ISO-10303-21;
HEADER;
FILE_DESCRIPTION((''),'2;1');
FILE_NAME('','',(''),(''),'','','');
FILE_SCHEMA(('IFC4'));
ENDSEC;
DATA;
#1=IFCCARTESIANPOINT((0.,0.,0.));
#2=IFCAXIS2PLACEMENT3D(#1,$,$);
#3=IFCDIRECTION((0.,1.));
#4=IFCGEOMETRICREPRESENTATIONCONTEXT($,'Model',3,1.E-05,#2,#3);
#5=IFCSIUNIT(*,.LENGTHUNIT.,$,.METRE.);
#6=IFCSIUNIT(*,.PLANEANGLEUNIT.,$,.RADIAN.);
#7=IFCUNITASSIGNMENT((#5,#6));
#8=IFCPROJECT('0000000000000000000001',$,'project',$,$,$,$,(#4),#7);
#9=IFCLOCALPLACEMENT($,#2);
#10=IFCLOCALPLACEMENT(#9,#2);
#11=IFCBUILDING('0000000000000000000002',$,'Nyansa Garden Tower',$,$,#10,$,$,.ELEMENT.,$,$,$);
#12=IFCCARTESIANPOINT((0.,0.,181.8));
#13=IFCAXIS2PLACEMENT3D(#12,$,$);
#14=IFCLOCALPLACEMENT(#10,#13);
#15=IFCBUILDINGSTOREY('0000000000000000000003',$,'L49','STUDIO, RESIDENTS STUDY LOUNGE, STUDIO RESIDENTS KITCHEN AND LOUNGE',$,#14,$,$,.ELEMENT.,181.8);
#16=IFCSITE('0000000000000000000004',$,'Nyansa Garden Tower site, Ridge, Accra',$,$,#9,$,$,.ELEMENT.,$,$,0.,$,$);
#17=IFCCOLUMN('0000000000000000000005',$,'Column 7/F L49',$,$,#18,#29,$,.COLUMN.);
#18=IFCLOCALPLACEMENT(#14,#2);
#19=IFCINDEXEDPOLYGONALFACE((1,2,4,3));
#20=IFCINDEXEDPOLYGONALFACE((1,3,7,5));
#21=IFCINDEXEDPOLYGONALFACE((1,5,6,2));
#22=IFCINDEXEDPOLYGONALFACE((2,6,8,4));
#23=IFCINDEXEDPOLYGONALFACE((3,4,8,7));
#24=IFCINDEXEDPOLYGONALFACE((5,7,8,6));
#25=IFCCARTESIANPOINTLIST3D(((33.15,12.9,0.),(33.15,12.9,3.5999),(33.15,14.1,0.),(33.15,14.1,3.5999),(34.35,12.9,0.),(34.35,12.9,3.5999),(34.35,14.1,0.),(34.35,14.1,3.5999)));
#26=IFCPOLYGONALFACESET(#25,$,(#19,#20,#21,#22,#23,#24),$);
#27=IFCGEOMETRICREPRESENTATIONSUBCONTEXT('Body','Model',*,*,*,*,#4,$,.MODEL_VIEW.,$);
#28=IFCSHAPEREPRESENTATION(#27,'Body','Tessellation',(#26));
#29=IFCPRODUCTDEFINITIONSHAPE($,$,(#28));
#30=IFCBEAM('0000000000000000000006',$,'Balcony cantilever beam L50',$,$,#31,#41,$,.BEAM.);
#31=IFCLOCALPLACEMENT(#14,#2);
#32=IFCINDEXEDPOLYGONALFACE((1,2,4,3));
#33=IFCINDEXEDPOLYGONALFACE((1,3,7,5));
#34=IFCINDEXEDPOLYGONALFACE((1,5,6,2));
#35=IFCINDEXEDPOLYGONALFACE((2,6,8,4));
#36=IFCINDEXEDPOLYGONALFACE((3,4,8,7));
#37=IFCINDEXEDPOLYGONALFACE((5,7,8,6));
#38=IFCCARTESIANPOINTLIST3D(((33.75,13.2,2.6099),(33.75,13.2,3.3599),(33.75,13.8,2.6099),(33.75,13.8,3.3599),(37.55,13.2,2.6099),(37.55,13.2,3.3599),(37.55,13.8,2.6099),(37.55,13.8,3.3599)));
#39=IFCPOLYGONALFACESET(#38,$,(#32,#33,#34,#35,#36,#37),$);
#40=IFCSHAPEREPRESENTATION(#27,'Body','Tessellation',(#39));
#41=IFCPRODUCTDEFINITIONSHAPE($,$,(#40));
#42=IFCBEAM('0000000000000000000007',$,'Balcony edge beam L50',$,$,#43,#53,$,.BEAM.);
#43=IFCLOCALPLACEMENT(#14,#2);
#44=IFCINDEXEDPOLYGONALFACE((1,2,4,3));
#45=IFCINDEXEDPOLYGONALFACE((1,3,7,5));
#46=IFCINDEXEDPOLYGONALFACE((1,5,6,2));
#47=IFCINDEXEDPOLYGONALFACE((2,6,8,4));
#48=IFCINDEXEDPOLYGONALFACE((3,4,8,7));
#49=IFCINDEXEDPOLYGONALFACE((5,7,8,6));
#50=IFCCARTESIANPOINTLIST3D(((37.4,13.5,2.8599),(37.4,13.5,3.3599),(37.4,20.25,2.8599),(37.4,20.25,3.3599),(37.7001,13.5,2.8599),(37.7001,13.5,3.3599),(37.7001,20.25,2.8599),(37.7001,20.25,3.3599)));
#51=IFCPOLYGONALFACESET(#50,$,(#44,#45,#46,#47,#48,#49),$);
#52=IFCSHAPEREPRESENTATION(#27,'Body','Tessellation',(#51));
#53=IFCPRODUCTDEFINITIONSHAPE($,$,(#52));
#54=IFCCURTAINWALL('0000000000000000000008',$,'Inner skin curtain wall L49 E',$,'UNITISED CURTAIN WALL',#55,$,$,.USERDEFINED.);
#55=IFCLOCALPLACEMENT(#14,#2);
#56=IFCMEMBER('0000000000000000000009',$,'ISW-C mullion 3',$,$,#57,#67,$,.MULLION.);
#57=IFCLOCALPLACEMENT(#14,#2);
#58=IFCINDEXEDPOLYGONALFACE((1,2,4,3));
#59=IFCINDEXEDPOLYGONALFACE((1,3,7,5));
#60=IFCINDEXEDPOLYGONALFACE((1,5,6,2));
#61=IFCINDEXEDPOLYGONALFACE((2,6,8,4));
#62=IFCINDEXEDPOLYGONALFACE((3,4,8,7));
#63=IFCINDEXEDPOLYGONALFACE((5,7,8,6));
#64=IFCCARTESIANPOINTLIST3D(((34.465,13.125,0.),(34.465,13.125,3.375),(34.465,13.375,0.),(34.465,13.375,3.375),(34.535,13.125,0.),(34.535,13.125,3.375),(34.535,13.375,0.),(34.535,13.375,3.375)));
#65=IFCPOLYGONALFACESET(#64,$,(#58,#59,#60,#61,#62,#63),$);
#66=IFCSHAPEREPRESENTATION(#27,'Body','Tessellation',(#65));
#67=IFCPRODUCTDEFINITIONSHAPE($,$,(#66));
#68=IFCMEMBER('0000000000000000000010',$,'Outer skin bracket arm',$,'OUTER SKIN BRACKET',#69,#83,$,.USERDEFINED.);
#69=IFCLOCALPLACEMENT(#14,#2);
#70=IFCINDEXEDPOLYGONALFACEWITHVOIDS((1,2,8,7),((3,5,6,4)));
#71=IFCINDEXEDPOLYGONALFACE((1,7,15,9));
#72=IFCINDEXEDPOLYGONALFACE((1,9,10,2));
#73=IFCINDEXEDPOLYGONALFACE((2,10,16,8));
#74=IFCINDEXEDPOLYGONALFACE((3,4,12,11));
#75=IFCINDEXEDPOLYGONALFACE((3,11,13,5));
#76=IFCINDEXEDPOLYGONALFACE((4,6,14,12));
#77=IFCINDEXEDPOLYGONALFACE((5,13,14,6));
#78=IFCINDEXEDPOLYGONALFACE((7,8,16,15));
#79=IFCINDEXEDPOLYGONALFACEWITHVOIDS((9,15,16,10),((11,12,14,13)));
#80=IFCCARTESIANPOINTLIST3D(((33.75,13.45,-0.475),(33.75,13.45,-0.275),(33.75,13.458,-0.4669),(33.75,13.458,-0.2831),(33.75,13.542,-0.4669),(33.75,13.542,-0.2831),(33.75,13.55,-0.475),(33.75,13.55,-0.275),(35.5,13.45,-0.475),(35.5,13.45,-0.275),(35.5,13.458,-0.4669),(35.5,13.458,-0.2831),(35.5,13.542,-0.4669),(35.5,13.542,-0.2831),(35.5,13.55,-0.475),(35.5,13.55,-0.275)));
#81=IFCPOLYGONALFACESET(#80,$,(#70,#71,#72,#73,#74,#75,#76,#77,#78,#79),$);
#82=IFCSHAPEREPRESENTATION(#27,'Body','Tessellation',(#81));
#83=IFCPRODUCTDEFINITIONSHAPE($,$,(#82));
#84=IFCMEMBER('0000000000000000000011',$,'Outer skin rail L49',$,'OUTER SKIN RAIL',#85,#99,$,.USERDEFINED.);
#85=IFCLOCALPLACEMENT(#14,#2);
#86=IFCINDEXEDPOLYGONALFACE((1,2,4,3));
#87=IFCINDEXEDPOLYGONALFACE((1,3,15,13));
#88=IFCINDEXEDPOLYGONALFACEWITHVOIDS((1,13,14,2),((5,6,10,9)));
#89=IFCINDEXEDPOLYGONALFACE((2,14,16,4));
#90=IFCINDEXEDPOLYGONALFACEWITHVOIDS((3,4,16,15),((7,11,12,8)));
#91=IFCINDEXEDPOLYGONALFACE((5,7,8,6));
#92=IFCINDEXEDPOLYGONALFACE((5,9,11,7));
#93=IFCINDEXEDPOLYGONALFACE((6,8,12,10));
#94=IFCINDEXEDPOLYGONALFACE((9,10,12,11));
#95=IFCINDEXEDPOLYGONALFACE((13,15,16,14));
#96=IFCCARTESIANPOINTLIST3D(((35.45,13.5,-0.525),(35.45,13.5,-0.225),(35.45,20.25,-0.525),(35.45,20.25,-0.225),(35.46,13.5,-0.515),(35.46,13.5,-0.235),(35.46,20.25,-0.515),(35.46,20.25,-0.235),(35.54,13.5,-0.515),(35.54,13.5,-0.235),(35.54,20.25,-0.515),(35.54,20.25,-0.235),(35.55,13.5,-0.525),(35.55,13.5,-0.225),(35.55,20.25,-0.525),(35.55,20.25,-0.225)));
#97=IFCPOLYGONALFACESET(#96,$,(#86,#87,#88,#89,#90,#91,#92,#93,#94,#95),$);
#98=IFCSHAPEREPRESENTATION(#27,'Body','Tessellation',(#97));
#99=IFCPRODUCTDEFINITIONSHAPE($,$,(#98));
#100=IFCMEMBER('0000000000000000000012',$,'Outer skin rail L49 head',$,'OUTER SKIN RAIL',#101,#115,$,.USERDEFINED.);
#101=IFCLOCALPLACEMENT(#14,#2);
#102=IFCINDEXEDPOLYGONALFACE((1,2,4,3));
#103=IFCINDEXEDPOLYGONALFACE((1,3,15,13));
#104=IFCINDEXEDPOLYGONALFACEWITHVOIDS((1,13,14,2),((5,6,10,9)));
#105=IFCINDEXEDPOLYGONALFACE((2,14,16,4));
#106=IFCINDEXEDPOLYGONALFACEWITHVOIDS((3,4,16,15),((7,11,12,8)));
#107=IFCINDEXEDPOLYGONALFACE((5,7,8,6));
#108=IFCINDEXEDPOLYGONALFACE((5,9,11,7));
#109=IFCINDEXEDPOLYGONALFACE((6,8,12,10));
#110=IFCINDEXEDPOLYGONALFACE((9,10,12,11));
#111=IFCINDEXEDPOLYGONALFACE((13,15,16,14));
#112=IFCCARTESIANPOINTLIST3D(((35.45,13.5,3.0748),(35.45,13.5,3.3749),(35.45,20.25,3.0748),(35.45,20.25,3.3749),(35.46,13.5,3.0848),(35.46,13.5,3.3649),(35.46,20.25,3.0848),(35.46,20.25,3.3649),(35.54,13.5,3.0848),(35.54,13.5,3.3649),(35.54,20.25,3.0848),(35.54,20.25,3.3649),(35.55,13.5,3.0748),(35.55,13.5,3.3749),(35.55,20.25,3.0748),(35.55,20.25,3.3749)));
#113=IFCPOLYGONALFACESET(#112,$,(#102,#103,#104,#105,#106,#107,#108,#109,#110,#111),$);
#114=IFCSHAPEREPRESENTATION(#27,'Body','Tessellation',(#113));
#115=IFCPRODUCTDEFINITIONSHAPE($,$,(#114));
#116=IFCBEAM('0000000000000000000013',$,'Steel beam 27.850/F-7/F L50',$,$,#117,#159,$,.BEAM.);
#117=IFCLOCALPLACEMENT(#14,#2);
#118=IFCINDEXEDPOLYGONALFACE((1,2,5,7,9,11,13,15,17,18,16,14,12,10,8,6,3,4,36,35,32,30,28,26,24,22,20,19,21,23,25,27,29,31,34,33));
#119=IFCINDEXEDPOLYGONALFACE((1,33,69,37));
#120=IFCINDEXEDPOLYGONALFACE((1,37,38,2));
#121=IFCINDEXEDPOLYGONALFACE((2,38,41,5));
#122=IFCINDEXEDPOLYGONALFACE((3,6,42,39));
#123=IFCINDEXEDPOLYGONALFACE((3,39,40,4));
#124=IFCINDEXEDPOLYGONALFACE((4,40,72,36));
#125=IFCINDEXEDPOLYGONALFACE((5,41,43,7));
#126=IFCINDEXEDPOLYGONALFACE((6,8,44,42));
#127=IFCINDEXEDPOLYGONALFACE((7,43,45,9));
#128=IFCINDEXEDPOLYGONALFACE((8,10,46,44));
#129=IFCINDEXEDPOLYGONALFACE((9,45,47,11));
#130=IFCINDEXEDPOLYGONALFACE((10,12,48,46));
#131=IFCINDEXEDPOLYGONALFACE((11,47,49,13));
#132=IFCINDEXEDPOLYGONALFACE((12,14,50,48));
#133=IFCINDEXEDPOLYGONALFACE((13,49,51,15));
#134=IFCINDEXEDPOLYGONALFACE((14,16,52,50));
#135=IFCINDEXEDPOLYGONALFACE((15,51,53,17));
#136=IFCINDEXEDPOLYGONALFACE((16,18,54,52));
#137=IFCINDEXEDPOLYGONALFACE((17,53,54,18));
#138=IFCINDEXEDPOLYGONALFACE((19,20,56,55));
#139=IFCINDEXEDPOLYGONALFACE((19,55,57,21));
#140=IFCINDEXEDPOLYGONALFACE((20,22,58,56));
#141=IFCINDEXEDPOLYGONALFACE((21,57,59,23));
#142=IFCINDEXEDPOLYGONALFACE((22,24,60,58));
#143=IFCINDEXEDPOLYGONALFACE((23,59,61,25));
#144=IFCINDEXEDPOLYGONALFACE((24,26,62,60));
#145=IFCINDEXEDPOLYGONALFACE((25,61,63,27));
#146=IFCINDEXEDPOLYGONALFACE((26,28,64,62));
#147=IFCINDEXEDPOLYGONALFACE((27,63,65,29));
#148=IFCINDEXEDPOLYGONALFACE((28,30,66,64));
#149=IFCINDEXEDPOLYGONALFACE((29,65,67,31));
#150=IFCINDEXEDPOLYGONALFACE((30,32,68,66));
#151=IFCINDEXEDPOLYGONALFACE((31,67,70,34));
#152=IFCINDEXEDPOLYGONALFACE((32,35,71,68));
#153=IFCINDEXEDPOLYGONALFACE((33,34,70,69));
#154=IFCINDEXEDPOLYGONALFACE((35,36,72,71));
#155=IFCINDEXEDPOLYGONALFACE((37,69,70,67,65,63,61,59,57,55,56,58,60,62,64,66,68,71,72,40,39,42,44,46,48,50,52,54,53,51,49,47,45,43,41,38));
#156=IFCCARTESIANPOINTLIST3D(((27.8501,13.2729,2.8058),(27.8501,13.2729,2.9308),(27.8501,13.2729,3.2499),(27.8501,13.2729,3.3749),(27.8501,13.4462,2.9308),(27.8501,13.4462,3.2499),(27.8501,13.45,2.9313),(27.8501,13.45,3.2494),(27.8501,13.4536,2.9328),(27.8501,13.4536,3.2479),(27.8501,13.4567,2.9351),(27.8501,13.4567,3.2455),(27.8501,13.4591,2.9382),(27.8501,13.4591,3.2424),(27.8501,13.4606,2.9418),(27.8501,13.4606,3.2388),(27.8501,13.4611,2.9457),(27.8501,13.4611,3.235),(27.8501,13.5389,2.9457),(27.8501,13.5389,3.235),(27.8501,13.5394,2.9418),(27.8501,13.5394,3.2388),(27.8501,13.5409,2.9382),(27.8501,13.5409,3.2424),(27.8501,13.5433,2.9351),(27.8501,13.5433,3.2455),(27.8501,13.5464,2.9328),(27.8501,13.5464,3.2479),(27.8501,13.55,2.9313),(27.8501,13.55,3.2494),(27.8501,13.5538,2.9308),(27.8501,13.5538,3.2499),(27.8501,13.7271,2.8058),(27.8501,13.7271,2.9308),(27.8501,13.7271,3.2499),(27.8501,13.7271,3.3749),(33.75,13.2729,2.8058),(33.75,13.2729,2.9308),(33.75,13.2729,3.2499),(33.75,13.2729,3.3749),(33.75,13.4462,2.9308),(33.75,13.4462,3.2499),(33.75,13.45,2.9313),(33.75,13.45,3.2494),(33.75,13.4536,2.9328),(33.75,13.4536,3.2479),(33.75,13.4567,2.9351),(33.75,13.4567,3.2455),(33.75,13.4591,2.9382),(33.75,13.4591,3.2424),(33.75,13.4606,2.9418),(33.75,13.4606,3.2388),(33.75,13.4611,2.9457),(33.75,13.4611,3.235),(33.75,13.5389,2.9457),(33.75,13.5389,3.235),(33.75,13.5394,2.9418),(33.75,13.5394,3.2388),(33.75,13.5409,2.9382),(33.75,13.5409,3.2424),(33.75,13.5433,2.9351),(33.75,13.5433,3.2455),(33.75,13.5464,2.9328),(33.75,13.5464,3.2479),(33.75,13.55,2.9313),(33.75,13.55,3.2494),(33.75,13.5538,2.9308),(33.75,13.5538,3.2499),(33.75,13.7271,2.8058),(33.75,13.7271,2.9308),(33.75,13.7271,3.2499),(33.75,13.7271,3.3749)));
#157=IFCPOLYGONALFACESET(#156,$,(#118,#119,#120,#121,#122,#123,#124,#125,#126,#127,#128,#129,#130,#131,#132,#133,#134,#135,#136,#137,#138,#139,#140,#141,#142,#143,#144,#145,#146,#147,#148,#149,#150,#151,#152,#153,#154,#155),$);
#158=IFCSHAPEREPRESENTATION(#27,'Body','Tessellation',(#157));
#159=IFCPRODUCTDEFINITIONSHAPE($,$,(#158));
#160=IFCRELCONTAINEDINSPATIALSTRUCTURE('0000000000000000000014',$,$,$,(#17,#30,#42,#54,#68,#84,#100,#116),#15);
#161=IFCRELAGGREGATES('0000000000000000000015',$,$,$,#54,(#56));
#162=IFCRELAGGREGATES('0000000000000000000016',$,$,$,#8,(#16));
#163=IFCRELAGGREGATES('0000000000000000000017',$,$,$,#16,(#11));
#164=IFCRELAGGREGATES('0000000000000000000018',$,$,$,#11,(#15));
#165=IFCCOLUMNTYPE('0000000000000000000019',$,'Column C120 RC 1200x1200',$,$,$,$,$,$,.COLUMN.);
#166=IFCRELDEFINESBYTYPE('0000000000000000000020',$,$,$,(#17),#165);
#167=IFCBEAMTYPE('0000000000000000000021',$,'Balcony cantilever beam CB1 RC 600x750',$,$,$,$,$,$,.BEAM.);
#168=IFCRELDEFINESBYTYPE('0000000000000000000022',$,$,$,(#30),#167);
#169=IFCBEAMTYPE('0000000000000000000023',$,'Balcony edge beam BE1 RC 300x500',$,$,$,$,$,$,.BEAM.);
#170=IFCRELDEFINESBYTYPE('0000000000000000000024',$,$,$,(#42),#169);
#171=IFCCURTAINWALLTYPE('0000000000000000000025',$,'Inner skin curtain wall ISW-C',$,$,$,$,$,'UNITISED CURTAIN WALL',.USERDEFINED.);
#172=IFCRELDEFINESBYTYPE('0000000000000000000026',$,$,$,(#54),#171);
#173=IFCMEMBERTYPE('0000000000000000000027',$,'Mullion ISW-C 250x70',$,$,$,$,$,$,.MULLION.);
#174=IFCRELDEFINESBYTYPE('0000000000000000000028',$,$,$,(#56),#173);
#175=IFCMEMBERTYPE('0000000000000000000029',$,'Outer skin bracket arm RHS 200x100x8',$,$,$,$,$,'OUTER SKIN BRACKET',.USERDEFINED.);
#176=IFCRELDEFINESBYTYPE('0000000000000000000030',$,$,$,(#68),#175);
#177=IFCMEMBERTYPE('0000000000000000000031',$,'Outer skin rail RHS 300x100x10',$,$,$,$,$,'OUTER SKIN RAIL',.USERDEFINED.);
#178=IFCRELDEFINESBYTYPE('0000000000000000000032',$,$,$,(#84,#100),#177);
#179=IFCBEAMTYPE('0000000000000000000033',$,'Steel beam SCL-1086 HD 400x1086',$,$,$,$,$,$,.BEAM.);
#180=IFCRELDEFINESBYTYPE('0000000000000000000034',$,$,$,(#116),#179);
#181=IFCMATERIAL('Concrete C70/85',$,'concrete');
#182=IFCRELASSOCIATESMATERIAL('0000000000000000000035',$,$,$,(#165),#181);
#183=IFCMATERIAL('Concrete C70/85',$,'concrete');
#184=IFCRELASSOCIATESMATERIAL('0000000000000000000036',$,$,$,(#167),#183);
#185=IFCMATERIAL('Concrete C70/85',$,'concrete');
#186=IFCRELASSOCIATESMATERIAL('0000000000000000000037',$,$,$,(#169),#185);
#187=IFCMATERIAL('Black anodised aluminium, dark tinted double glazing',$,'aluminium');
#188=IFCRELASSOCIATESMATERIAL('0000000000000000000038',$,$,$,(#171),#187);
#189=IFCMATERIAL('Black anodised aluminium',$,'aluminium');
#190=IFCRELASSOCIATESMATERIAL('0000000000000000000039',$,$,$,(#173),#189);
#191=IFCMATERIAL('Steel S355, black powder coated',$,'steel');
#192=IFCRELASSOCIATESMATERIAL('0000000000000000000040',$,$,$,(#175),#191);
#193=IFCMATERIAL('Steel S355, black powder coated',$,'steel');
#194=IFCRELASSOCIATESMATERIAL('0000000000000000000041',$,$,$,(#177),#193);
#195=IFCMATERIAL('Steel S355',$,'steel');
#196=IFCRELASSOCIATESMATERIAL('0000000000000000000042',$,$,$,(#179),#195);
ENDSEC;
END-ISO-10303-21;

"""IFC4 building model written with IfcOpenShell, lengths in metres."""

from ifc_helpers import new_model, si_unit, direction, frame, origin, origin_2d, place, context, subcontext, project, spatial, rectangle, hollow_rectangle, i_section, extrude, material, material_profile, profile_set, type_object, element, aggregate, save


model = new_model("IFC4")

# Units and contexts
model_context = context("Model", 3, precision=1e-05, world=origin(), true_north=direction((0.0, 1.0)))
body_context = subcontext(model_context, "Body", "Model", "MODEL_VIEW")
ifc_project = project(units=[si_unit("LENGTHUNIT", "METRE"), si_unit("PLANEANGLEUNIT", "RADIAN")], contexts=[model_context])

# Site, building, storey
site_placement = place(None, origin())
site = spatial("IfcSite", under=ifc_project, at=site_placement, Name="Nyansa Garden Tower site, Ridge, Accra", CompositionType="ELEMENT", RefElevation=0.0)
building_placement = place(site_placement, origin())
building = spatial("IfcBuilding", under=site, at=building_placement, Name="Nyansa Garden Tower", CompositionType="ELEMENT")
storey_placement = place(building_placement, frame((0.0, 0.0, 181.8)))
storey = spatial("IfcBuildingStorey", under=building, at=storey_placement, Name="L49", Description="STUDIO, RESIDENTS STUDY LOUNGE, STUDIO RESIDENTS KITCHEN AND LOUNGE", CompositionType="ELEMENT", Elevation=181.8)

# Column
ifc_material_1 = material(Name="Concrete C70/85", Category="concrete")
ifc_material_profile_1 = material_profile(ifc_material_1, rectangle(XDim=1.2, YDim=1.2, at=origin_2d()), Name="RC 1200x1200")
ifc_profile_set_1 = profile_set([ifc_material_profile_1], Name="Concrete C70/85")
column_type = type_object("IfcColumnType", Name="Column C120 RC 1200x1200", PredefinedType="COLUMN", material=ifc_profile_set_1)
column_placement = place(storey_placement, frame((33.75, 13.5, 0.0), z_axis=(0.0, 0.0, 1.0), x_axis=(1.0, 0.0, 0.0)))
element("IfcColumn", 1, at=column_placement, inside=storey, type_object=column_type, Name="Column 7/F L49", PredefinedType="COLUMN", context=body_context, shape_type="SweptSolid", body=[
    extrude(rectangle(XDim=1.2, YDim=1.2, at=origin_2d()), origin(), (0.0, 0.0, 1.0), 3.5999),
])

# Beams
ifc_material_2 = material(Name="Concrete C70/85", Category="concrete")
ifc_material_profile_2 = material_profile(ifc_material_2, rectangle(XDim=0.6001, YDim=0.75, at=origin_2d()), Name="RC 600x750")
ifc_profile_set_2 = profile_set([ifc_material_profile_2], Name="Concrete C70/85")
beam_type_1 = type_object("IfcBeamType", Name="Balcony cantilever beam CB1 RC 600x750", PredefinedType="BEAM", material=ifc_profile_set_2)
beam_1_placement = place(storey_placement, frame((33.75, 13.5, 2.9849), z_axis=(1.0, 0.0, 0.0), x_axis=(0.0, 1.0, 0.0)))
element("IfcBeam", 2, at=beam_1_placement, inside=storey, type_object=beam_type_1, Name="Balcony cantilever beam L50", PredefinedType="BEAM", context=body_context, shape_type="SweptSolid", body=[
    extrude(rectangle(XDim=0.6001, YDim=0.75, at=origin_2d()), origin(), (0.0, 0.0, 1.0), 3.8),
])
ifc_material_3 = material(Name="Concrete C70/85", Category="concrete")
ifc_material_profile_3 = material_profile(ifc_material_3, rectangle(XDim=0.3, YDim=0.5, at=origin_2d()), Name="RC 300x500")
ifc_profile_set_3 = profile_set([ifc_material_profile_3], Name="Concrete C70/85")
beam_type_2 = type_object("IfcBeamType", Name="Balcony edge beam BE1 RC 300x500", PredefinedType="BEAM", material=ifc_profile_set_3)
beam_2_placement = place(storey_placement, frame((37.55, 13.5, 3.1099), z_axis=(0.0, 1.0, 0.0), x_axis=(-1.0, 0.0, 0.0)))
element("IfcBeam", 3, at=beam_2_placement, inside=storey, type_object=beam_type_2, Name="Balcony edge beam L50", PredefinedType="BEAM", context=body_context, shape_type="SweptSolid", body=[
    extrude(rectangle(XDim=0.3, YDim=0.5, at=origin_2d()), origin(), (0.0, 0.0, 1.0), 6.75),
])

# Curtain wall, member
ifc_material_4 = material(Name="Black anodised aluminium, dark tinted double glazing", Category="aluminium")
curtain_wall_type = type_object("IfcCurtainWallType", Name="Inner skin curtain wall ISW-C", ElementType="UNITISED CURTAIN WALL", PredefinedType="USERDEFINED", material=ifc_material_4)
curtain_wall_placement = place(storey_placement, origin())
curtain_wall = element("IfcCurtainWall", 4, at=curtain_wall_placement, inside=storey, type_object=curtain_wall_type, Name="Inner skin curtain wall L49 E", ObjectType="UNITISED CURTAIN WALL", PredefinedType="USERDEFINED")
ifc_material_5 = material(Name="Black anodised aluminium", Category="aluminium")
ifc_material_profile_4 = material_profile(ifc_material_5, rectangle(XDim=0.0701, YDim=0.25, at=origin_2d()), Name="Mullion 250x70")
ifc_profile_set_4 = profile_set([ifc_material_profile_4], Name="Black anodised aluminium")
member_type_1 = type_object("IfcMemberType", Name="Mullion ISW-C 250x70", PredefinedType="MULLION", material=ifc_profile_set_4)
member_1_placement = place(storey_placement, frame((34.5, 13.25, 0.0), z_axis=(0.0, 0.0, 1.0), x_axis=(-1.0, 0.0, 0.0)))
member_1 = element("IfcMember", 5, at=member_1_placement, type_object=member_type_1, Name="ISW-C mullion 3", PredefinedType="MULLION", context=body_context, shape_type="SweptSolid", body=[
    extrude(rectangle(XDim=0.0701, YDim=0.25, at=origin_2d()), origin(), (0.0, 0.0, 1.0), 3.375),
])

# Members
ifc_material_6 = material(Name="Steel S355, black powder coated", Category="steel")
ifc_material_profile_5 = material_profile(ifc_material_6, hollow_rectangle(XDim=0.1001, YDim=0.2, WallThickness=0.0081, at=origin_2d()), Name="RHS 200x100x8")
ifc_profile_set_5 = profile_set([ifc_material_profile_5], Name="Steel S355, black powder coated")
member_type_2 = type_object("IfcMemberType", Name="Outer skin bracket arm RHS 200x100x8", ElementType="OUTER SKIN BRACKET", PredefinedType="USERDEFINED", material=ifc_profile_set_5)
member_2_placement = place(storey_placement, frame((33.75, 13.5, -0.375), z_axis=(1.0, 0.0, 0.0), x_axis=(0.0, 1.0, 0.0)))
element("IfcMember", 6, at=member_2_placement, inside=storey, type_object=member_type_2, Name="Outer skin bracket arm", ObjectType="OUTER SKIN BRACKET", PredefinedType="USERDEFINED", context=body_context, shape_type="SweptSolid", body=[
    extrude(hollow_rectangle(XDim=0.1001, YDim=0.2, WallThickness=0.0081, at=origin_2d()), origin(), (0.0, 0.0, 1.0), 1.75),
])
ifc_material_7 = material(Name="Steel S355, black powder coated", Category="steel")
ifc_material_profile_6 = material_profile(ifc_material_7, hollow_rectangle(XDim=0.1001, YDim=0.3, WallThickness=0.01, at=origin_2d()), Name="RHS 300x100x10")
ifc_profile_set_6 = profile_set([ifc_material_profile_6], Name="Steel S355, black powder coated")
member_type_3 = type_object("IfcMemberType", Name="Outer skin rail RHS 300x100x10", ElementType="OUTER SKIN RAIL", PredefinedType="USERDEFINED", material=ifc_profile_set_6)
for number, where, z_axis, x_axis, name in (
    (7, (35.5, 13.5, -0.375), (0.0, 1.0, 0.0), (-1.0, 0.0, 0.0), "Outer skin rail L49"),
    (8, (35.5, 13.5, 3.2249), (0.0, 1.0, 0.0), (-1.0, 0.0, 0.0), "Outer skin rail L49 head"),
):
    element("IfcMember", number, at=place(storey_placement, frame(where, z_axis=z_axis, x_axis=x_axis)), inside=storey, type_object=member_type_3, Name=name, ObjectType="OUTER SKIN RAIL", PredefinedType="USERDEFINED", context=body_context, shape_type="SweptSolid", body=[
        extrude(hollow_rectangle(XDim=0.1001, YDim=0.3, WallThickness=0.01, at=origin_2d()), origin(), (0.0, 0.0, 1.0), 6.75),
    ])

# Beam
ifc_material_8 = material(Name="Steel S355", Category="steel")
ifc_material_profile_7 = material_profile(ifc_material_8, i_section(OverallWidth=0.4541, OverallDepth=0.5691, WebThickness=0.0779, FlangeThickness=0.125, FilletRadius=0.0149, at=origin_2d()), Name="HD 400x1086")
ifc_profile_set_7 = profile_set([ifc_material_profile_7], Name="Steel S355")
beam_type_3 = type_object("IfcBeamType", Name="Steel beam SCL-1086 HD 400x1086", PredefinedType="BEAM", material=ifc_profile_set_7)
beam_3_placement = place(storey_placement, frame((27.8501, 13.5, 3.0903), z_axis=(1.0, 0.0, 0.0), x_axis=(0.0, 1.0, 0.0)))
element("IfcBeam", 9, at=beam_3_placement, inside=storey, type_object=beam_type_3, Name="Steel beam 27.850/F-7/F L50", PredefinedType="BEAM", context=body_context, shape_type="SweptSolid", body=[
    extrude(i_section(OverallWidth=0.4541, OverallDepth=0.5691, WebThickness=0.0779, FlangeThickness=0.125, FilletRadius=0.0149, at=origin_2d()), origin(), (0.0, 0.0, 1.0), 5.8999),
])

aggregate(curtain_wall, [member_1])

save(model, "model.ifc")
